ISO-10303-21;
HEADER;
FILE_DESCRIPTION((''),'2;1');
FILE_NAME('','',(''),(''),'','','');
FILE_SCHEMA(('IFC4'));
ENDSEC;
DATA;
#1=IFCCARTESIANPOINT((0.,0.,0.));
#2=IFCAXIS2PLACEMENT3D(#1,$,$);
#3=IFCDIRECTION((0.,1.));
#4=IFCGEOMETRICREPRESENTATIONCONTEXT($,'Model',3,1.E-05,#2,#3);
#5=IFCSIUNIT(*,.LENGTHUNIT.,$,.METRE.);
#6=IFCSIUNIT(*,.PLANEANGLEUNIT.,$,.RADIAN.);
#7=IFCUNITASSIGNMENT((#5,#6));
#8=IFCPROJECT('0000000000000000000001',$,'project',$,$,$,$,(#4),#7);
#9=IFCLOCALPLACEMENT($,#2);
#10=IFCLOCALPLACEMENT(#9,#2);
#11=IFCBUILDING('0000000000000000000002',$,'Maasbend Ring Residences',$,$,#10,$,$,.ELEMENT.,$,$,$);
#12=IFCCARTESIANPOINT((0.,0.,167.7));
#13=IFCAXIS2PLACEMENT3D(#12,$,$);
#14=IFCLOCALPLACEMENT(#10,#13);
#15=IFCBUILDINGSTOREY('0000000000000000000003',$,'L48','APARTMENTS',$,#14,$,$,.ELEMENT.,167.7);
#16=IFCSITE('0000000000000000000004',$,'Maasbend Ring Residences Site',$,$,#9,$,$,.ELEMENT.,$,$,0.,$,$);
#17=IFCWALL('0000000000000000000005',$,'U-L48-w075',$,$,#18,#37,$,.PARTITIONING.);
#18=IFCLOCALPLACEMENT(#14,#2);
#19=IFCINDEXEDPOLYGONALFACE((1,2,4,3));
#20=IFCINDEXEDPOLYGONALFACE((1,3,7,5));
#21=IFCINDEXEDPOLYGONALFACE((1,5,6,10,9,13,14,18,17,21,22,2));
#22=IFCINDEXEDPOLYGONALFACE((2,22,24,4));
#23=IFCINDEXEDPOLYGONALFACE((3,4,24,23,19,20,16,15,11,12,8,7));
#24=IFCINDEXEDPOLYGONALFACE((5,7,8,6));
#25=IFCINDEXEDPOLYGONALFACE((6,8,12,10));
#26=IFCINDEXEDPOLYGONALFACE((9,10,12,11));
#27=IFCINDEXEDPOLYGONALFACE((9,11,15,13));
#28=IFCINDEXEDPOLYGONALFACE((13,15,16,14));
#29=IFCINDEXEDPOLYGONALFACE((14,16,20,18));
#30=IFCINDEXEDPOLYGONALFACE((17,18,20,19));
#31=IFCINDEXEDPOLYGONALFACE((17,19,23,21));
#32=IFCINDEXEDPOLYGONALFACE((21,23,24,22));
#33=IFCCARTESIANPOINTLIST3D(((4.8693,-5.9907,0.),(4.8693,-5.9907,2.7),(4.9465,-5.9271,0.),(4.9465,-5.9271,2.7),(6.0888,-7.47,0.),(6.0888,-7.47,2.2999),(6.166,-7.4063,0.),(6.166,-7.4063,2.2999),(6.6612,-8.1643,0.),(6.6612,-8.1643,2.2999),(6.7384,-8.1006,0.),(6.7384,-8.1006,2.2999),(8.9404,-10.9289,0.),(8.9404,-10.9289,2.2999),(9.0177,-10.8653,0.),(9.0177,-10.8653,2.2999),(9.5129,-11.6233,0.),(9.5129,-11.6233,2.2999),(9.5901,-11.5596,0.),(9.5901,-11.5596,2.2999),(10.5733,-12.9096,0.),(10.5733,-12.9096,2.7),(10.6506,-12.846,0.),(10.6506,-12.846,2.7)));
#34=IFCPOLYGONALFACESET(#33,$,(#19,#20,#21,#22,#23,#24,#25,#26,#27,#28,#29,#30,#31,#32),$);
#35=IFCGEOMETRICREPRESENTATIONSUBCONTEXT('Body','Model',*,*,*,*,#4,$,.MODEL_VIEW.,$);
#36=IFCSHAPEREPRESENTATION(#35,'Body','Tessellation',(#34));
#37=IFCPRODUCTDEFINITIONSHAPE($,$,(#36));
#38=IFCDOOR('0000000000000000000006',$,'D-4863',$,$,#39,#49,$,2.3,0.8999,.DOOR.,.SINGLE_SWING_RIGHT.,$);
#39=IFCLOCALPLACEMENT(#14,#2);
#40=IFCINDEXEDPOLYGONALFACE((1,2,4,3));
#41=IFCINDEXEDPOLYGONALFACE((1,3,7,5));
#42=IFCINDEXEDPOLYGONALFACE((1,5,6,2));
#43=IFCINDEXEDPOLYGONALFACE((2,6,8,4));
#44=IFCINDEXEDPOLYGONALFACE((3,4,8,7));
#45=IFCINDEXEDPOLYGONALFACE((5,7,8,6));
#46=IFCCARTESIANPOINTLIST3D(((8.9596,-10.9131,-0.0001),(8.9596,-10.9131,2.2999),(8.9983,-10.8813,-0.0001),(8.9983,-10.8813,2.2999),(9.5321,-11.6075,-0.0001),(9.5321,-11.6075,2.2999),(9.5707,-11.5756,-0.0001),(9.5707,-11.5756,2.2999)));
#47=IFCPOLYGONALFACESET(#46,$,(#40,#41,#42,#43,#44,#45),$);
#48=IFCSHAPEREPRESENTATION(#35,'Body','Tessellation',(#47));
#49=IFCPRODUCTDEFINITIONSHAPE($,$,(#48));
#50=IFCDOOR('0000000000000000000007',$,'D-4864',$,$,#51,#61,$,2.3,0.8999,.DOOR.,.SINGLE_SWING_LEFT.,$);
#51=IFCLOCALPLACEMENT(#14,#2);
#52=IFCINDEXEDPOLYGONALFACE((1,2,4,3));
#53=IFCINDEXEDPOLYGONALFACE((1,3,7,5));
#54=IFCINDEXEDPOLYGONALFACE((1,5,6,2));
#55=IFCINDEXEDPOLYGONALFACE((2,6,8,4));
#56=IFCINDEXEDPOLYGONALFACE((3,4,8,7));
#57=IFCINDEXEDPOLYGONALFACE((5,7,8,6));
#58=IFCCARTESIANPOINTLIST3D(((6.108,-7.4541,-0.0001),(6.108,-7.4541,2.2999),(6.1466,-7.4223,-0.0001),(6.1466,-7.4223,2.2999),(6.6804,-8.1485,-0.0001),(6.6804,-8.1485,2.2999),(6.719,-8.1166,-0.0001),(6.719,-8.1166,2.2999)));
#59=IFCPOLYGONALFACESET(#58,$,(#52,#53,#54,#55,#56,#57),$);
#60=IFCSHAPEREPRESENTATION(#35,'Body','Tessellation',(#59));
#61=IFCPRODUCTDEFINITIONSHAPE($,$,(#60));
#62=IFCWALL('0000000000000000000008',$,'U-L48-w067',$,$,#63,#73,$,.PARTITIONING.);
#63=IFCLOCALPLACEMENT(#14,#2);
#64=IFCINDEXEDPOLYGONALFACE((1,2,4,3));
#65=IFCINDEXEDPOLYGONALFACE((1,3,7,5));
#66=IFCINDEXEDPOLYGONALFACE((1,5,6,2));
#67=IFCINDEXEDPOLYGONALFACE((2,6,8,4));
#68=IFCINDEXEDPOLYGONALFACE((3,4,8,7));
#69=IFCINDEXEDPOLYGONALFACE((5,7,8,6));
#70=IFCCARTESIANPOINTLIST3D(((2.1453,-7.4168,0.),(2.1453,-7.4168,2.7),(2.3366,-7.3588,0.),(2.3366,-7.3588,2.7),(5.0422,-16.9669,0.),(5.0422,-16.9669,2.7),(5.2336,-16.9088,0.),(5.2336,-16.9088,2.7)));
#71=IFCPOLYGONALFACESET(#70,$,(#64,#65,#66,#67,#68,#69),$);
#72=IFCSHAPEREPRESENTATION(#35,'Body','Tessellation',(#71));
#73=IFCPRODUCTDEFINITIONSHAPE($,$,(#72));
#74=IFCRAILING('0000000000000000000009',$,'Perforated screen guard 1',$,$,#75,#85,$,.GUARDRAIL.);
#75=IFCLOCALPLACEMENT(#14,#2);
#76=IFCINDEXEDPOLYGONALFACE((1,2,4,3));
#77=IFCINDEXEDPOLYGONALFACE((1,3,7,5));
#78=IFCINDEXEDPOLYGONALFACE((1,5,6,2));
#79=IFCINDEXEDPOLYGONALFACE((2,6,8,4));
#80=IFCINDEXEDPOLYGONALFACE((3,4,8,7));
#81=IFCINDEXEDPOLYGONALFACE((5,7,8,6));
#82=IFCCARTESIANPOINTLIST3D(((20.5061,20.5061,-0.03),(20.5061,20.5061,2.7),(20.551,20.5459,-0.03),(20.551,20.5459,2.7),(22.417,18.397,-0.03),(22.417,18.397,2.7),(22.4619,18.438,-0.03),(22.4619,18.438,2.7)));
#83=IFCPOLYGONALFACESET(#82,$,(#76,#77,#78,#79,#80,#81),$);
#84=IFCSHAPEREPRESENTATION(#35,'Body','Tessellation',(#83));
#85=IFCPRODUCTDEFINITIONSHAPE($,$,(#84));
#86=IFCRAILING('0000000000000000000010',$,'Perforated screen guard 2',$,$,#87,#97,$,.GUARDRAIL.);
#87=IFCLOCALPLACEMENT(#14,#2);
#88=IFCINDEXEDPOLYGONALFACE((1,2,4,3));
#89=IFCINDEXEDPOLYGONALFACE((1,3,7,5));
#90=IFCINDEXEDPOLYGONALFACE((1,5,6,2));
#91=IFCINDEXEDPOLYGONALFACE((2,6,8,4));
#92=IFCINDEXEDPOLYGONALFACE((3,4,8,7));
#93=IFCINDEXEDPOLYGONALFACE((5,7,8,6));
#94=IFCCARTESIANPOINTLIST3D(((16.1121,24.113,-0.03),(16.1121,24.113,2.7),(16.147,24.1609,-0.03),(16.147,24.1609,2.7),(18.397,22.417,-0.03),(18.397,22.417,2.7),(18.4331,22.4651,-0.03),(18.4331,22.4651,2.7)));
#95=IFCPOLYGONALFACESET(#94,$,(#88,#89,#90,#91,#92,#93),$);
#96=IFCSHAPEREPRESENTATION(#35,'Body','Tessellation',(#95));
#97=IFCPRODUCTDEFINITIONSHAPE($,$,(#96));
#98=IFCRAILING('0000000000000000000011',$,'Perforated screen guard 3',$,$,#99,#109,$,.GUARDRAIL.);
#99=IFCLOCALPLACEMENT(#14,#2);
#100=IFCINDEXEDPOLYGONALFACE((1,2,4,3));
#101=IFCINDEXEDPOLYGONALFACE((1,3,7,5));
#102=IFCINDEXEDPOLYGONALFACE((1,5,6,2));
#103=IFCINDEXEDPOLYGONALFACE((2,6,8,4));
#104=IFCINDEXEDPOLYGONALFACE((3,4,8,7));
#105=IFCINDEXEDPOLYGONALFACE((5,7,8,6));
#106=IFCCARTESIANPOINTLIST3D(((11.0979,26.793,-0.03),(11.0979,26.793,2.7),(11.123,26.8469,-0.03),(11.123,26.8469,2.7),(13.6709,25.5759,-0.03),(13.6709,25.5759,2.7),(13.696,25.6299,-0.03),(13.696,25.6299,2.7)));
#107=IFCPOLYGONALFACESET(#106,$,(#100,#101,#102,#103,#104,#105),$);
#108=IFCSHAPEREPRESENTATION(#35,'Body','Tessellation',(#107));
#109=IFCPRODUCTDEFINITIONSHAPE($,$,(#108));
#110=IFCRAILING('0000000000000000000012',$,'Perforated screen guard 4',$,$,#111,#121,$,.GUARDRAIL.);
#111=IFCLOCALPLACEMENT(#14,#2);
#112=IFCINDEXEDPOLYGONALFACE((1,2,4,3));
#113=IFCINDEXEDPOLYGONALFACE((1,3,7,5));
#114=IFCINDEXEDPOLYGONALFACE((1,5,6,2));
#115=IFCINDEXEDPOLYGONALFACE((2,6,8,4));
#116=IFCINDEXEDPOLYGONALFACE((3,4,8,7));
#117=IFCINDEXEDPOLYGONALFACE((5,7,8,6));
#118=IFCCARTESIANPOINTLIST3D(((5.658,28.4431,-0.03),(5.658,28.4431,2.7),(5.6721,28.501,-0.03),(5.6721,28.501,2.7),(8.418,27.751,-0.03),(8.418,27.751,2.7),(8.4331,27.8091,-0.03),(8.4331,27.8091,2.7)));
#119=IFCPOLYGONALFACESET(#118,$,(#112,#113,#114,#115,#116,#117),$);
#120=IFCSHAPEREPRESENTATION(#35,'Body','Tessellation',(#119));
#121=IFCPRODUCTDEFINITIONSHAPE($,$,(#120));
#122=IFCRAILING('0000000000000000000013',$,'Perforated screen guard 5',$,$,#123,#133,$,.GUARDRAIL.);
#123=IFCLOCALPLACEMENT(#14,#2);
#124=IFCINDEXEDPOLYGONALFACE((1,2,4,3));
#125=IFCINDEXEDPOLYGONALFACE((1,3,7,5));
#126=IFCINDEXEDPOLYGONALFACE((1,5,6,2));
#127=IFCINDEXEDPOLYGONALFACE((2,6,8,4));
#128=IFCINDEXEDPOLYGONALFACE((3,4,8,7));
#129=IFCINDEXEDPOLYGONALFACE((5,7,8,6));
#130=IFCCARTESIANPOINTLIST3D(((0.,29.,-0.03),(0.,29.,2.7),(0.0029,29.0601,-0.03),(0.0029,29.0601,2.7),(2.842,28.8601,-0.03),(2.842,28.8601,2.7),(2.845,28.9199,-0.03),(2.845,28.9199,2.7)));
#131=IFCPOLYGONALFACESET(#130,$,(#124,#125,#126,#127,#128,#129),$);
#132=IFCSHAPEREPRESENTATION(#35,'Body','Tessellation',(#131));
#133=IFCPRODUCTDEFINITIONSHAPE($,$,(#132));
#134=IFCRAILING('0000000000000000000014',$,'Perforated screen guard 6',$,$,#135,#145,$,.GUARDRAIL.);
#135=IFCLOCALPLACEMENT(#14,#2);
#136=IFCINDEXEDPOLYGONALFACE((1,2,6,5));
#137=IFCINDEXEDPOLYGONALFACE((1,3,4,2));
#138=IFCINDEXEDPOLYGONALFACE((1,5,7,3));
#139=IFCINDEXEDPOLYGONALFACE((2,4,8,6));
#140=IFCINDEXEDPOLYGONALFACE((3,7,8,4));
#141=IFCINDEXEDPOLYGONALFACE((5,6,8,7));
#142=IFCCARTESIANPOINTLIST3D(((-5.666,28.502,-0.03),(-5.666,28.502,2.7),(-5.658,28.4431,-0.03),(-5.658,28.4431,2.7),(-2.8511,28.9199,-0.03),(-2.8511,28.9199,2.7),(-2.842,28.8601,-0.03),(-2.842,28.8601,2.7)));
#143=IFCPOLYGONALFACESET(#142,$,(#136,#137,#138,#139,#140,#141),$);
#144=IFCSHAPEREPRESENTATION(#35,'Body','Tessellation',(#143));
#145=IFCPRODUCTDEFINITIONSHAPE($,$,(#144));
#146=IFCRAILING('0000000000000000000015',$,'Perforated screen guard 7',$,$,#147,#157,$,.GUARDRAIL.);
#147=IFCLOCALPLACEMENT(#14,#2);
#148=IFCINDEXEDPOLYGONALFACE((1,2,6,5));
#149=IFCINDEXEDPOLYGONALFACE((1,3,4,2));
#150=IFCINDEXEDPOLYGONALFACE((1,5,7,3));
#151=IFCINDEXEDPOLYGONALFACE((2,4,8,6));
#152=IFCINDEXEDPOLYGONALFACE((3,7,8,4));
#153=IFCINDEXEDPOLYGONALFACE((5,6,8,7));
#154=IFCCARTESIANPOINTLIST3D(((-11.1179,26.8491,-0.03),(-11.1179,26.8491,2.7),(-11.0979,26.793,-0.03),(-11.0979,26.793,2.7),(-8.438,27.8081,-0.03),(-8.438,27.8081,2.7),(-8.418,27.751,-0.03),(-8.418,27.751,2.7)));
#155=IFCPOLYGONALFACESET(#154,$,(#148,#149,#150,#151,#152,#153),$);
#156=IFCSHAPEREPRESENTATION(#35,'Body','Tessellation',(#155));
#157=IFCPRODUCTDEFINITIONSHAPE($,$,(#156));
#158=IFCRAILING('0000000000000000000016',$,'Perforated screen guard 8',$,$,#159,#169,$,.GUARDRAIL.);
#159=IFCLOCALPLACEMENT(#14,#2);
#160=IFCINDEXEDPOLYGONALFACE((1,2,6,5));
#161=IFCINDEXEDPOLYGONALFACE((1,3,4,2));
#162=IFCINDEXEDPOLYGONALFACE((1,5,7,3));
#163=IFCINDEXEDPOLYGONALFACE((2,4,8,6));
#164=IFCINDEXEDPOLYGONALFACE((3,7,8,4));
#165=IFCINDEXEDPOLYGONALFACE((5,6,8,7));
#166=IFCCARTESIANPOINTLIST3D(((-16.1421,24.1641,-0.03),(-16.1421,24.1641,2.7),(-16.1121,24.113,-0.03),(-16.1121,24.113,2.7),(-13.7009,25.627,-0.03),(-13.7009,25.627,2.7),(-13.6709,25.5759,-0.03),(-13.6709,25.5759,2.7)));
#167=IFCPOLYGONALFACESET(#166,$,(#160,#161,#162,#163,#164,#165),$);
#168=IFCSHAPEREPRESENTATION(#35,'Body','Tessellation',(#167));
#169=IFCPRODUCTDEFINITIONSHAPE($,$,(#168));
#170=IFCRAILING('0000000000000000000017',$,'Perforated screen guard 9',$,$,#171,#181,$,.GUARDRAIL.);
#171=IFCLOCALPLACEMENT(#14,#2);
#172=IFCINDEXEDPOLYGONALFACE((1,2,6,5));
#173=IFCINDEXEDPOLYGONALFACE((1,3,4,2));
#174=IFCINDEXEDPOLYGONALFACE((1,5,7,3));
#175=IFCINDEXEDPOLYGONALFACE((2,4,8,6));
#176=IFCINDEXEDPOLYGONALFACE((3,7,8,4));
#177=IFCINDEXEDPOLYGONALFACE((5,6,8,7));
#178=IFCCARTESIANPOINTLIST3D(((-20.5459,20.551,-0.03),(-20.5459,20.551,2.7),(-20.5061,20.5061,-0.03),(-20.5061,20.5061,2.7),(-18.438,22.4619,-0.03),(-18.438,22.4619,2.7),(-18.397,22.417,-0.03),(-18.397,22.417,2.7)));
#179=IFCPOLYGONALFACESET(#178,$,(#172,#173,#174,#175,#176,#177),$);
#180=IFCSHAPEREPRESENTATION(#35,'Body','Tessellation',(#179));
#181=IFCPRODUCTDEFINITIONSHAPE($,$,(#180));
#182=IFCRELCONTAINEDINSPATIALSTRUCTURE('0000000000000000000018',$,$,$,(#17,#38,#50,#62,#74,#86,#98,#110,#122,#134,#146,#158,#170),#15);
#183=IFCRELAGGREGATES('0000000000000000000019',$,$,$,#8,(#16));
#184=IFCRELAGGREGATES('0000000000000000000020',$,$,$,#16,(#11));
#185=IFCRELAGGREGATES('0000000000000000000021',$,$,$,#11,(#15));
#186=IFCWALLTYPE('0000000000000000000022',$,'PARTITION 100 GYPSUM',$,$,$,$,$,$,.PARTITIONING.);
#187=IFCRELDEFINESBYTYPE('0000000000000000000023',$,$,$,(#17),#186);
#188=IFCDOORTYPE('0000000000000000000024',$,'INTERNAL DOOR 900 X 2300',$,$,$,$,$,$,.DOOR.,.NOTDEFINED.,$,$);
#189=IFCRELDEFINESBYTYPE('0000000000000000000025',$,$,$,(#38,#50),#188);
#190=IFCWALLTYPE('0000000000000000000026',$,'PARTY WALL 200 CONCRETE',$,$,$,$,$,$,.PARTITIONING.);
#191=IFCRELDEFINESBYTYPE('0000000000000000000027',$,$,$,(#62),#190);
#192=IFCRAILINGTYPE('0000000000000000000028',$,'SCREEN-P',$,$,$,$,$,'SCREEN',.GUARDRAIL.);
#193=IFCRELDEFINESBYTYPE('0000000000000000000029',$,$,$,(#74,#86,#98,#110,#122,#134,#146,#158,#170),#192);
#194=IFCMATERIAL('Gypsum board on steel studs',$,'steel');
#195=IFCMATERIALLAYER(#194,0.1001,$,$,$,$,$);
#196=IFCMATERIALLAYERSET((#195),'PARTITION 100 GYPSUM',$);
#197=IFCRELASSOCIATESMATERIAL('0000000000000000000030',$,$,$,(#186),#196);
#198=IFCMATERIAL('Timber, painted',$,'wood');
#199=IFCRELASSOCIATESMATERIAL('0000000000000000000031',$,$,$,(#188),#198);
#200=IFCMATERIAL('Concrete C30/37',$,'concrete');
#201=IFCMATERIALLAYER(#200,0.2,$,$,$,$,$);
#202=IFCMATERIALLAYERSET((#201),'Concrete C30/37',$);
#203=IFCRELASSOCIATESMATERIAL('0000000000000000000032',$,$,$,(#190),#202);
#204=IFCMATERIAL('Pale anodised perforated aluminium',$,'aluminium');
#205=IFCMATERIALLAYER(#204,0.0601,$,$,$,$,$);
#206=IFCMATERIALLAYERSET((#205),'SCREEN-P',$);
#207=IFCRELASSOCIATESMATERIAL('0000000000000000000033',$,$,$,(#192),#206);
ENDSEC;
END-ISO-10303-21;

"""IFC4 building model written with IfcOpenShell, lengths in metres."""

from ifc_helpers import new_model, si_unit, direction, frame, frame_2d, origin, place, context, subcontext, project, spatial, polyline, rectangle, outline, extrude, material, layer, layer_set, type_object, element, fill, save


model = new_model("IFC4")

# Units and contexts
model_context = context("Model", 3, precision=1e-05, world=origin(), true_north=direction((0.0, 1.0)))
body_context = subcontext(model_context, "Body", "Model", "MODEL_VIEW")
ifc_project = project(units=[si_unit("LENGTHUNIT", "METRE"), si_unit("PLANEANGLEUNIT", "RADIAN")], contexts=[model_context])

# Site, building, storey
site_placement = place(None, origin())
site = spatial("IfcSite", under=ifc_project, at=site_placement, Name="Maasbend Ring Residences Site", CompositionType="ELEMENT", RefElevation=0.0)
building_placement = place(site_placement, origin())
building = spatial("IfcBuilding", under=site, at=building_placement, Name="Maasbend Ring Residences", CompositionType="ELEMENT")
storey_placement = place(building_placement, frame((0.0, 0.0, 167.7)))
storey = spatial("IfcBuildingStorey", under=building, at=storey_placement, Name="L48", Description="APARTMENTS", CompositionType="ELEMENT", Elevation=167.7)

# Wall, openings, doors
ifc_material_1 = material(Name="Gypsum board on steel studs", Category="steel")
ifc_layer_1 = layer(ifc_material_1, 0.1001)
ifc_layer_set_1 = layer_set([ifc_layer_1], Name="PARTITION 100 GYPSUM")
wall_type_1 = type_object("IfcWallType", Name="PARTITION 100 GYPSUM", PredefinedType="PARTITIONING", material=ifc_layer_set_1)
wall_1_placement = place(storey_placement, frame((4.908, -5.959, 0.0), z_axis=(0.0, 0.0, 1.0), x_axis=(0.636116, -0.771594, 0.0)))
wall_1 = element("IfcWall", 1, at=wall_1_placement, inside=storey, type_object=wall_type_1, Name="U-L48-w075", PredefinedType="PARTITIONING", context=body_context, shape_type="SweptSolid", body=[
    extrude(rectangle(XDim=8.967, YDim=0.1001, at=frame_2d((4.4834, 0.0))), origin(), (0.0, 0.0, 1.0), 2.7),
])
opening_1_placement = place(wall_1_placement, frame((6.3999, 0.0, 0.0)))
opening_1 = element("IfcOpeningElement", 2, at=opening_1_placement, cuts=wall_1, PredefinedType="OPENING", context=body_context, shape_type="SweptSolid", body=[
    extrude(rectangle(XDim=0.8999, YDim=2.3, at=frame_2d((0.45, 1.1499))), frame((0.0, 0.0601, 0.0), z_axis=(0.0, -1.0, 0.0), x_axis=(1.0, 0.0, 0.0)), (0.0, 0.0, 1.0), 0.1201),
])
opening_2_placement = place(wall_1_placement, frame((1.917, 0.0, 0.0)))
opening_2 = element("IfcOpeningElement", 3, at=opening_2_placement, cuts=wall_1, PredefinedType="OPENING", context=body_context, shape_type="SweptSolid", body=[
    extrude(rectangle(XDim=0.8999, YDim=2.3, at=frame_2d((0.45, 1.1499))), frame((0.0, 0.0601, 0.0), z_axis=(0.0, -1.0, 0.0), x_axis=(1.0, 0.0, 0.0)), (0.0, 0.0, 1.0), 0.1201),
])
ifc_material_2 = material(Name="Timber, painted", Category="wood")
door_type = type_object("IfcDoorType", Name="INTERNAL DOOR 900 X 2300", OperationType="NOTDEFINED", PredefinedType="DOOR", material=ifc_material_2)
door_1_placement = place(opening_1_placement, origin())
door_1 = element("IfcDoor", 4, at=door_1_placement, inside=storey, type_object=door_type, Name="D-4863", OperationType="SINGLE_SWING_RIGHT", OverallHeight=2.3, OverallWidth=0.8999, PredefinedType="DOOR", context=body_context, shape_type="SweptSolid", body=[
    extrude(rectangle(XDim=0.8999, YDim=2.3, at=frame_2d((0.45, 1.1499))), frame((0.0, 0.0249, 0.0), z_axis=(0.0, -1.0, 0.0), x_axis=(1.0, 0.0, 0.0)), (0.0, 0.0, 1.0), 0.05),
])
fill(opening_1, door_1)
door_2_placement = place(opening_2_placement, origin())
door_2 = element("IfcDoor", 5, at=door_2_placement, inside=storey, type_object=door_type, Name="D-4864", OperationType="SINGLE_SWING_LEFT", OverallHeight=2.3, OverallWidth=0.8999, PredefinedType="DOOR", context=body_context, shape_type="SweptSolid", body=[
    extrude(rectangle(XDim=0.8999, YDim=2.3, at=frame_2d((0.45, 1.1499))), frame((0.0, 0.0249, 0.0), z_axis=(0.0, -1.0, 0.0), x_axis=(1.0, 0.0, 0.0)), (0.0, 0.0, 1.0), 0.05),
])
fill(opening_2, door_2)

# Wall
ifc_material_3 = material(Name="Concrete C30/37", Category="concrete")
ifc_layer_2 = layer(ifc_material_3, 0.2)
ifc_layer_set_2 = layer_set([ifc_layer_2], Name="Concrete C30/37")
wall_type_2 = type_object("IfcWallType", Name="PARTY WALL 200 CONCRETE", PredefinedType="PARTITIONING", material=ifc_layer_set_2)
wall_2_placement = place(storey_placement, frame((2.241, -7.3879, 0.0), z_axis=(0.0, 0.0, 1.0), x_axis=(0.290284, -0.95694, 0.0)))
element("IfcWall", 6, at=wall_2_placement, inside=storey, type_object=wall_type_2, Name="U-L48-w067", PredefinedType="PARTITIONING", context=body_context, shape_type="SweptSolid", body=[
    extrude(rectangle(XDim=9.9797, YDim=0.2, at=frame_2d((4.9897, 0.0))), origin(), (0.0, 0.0, 1.0), 2.7),
])

# Railings
ifc_material_4 = material(Name="Pale anodised perforated aluminium", Category="aluminium")
ifc_layer_3 = layer(ifc_material_4, 0.0601)
ifc_layer_set_3 = layer_set([ifc_layer_3], Name="SCREEN-P")
railing_type = type_object("IfcRailingType", Name="SCREEN-P", ElementType="SCREEN", PredefinedType="GUARDRAIL", material=ifc_layer_set_3)
railing_1_placement = place(storey_placement, frame((0.0, 0.0, -0.03)))
element("IfcRailing", 7, at=railing_1_placement, inside=storey, type_object=railing_type, Name="Perforated screen guard 1", PredefinedType="GUARDRAIL", context=body_context, shape_type="SweptSolid", body=[
    extrude(outline(polyline([(22.417, 18.397), (20.5061, 20.5061), (20.551, 20.5459), (22.4619, 18.438), (22.417, 18.397)])), origin(), (0.0, 0.0, 1.0), 2.73),
])
railing_2_placement = place(storey_placement, frame((0.0, 0.0, -0.03)))
element("IfcRailing", 8, at=railing_2_placement, inside=storey, type_object=railing_type, Name="Perforated screen guard 2", PredefinedType="GUARDRAIL", context=body_context, shape_type="SweptSolid", body=[
    extrude(outline(polyline([(18.397, 22.417), (16.1121, 24.113), (16.147, 24.1609), (18.4331, 22.4651), (18.397, 22.417)])), origin(), (0.0, 0.0, 1.0), 2.73),
])
railing_3_placement = place(storey_placement, frame((0.0, 0.0, -0.03)))
element("IfcRailing", 9, at=railing_3_placement, inside=storey, type_object=railing_type, Name="Perforated screen guard 3", PredefinedType="GUARDRAIL", context=body_context, shape_type="SweptSolid", body=[
    extrude(outline(polyline([(13.6709, 25.5759), (11.0979, 26.793), (11.123, 26.8469), (13.696, 25.6299), (13.6709, 25.5759)])), origin(), (0.0, 0.0, 1.0), 2.73),
])
railing_4_placement = place(storey_placement, frame((0.0, 0.0, -0.03)))
element("IfcRailing", 10, at=railing_4_placement, inside=storey, type_object=railing_type, Name="Perforated screen guard 4", PredefinedType="GUARDRAIL", context=body_context, shape_type="SweptSolid", body=[
    extrude(outline(polyline([(8.418, 27.751), (5.658, 28.4431), (5.6721, 28.501), (8.4331, 27.8091), (8.418, 27.751)])), origin(), (0.0, 0.0, 1.0), 2.73),
])
railing_5_placement = place(storey_placement, frame((0.0, 0.0, -0.03)))
element("IfcRailing", 11, at=railing_5_placement, inside=storey, type_object=railing_type, Name="Perforated screen guard 5", PredefinedType="GUARDRAIL", context=body_context, shape_type="SweptSolid", body=[
    extrude(outline(polyline([(2.842, 28.8601), (0.0, 29.0), (0.0029, 29.0601), (2.845, 28.9199), (2.842, 28.8601)])), origin(), (0.0, 0.0, 1.0), 2.73),
])
railing_6_placement = place(storey_placement, frame((0.0, 0.0, -0.03)))
element("IfcRailing", 12, at=railing_6_placement, inside=storey, type_object=railing_type, Name="Perforated screen guard 6", PredefinedType="GUARDRAIL", context=body_context, shape_type="SweptSolid", body=[
    extrude(outline(polyline([(-2.842, 28.8601), (-5.658, 28.4431), (-5.666, 28.502), (-2.8511, 28.9199), (-2.842, 28.8601)])), origin(), (0.0, 0.0, 1.0), 2.73),
])
railing_7_placement = place(storey_placement, frame((0.0, 0.0, -0.03)))
element("IfcRailing", 13, at=railing_7_placement, inside=storey, type_object=railing_type, Name="Perforated screen guard 7", PredefinedType="GUARDRAIL", context=body_context, shape_type="SweptSolid", body=[
    extrude(outline(polyline([(-8.418, 27.751), (-11.0979, 26.793), (-11.1179, 26.8491), (-8.438, 27.8081), (-8.418, 27.751)])), origin(), (0.0, 0.0, 1.0), 2.73),
])
railing_8_placement = place(storey_placement, frame((0.0, 0.0, -0.03)))
element("IfcRailing", 14, at=railing_8_placement, inside=storey, type_object=railing_type, Name="Perforated screen guard 8", PredefinedType="GUARDRAIL", context=body_context, shape_type="SweptSolid", body=[
    extrude(outline(polyline([(-13.6709, 25.5759), (-16.1121, 24.113), (-16.1421, 24.1641), (-13.7009, 25.627), (-13.6709, 25.5759)])), origin(), (0.0, 0.0, 1.0), 2.73),
])
railing_9_placement = place(storey_placement, frame((0.0, 0.0, -0.03)))
element("IfcRailing", 15, at=railing_9_placement, inside=storey, type_object=railing_type, Name="Perforated screen guard 9", PredefinedType="GUARDRAIL", context=body_context, shape_type="SweptSolid", body=[
    extrude(outline(polyline([(-18.397, 22.417), (-20.5061, 20.5061), (-20.5459, 20.551), (-18.438, 22.4619), (-18.397, 22.417)])), origin(), (0.0, 0.0, 1.0), 2.73),
])

save(model, "model.ifc")
